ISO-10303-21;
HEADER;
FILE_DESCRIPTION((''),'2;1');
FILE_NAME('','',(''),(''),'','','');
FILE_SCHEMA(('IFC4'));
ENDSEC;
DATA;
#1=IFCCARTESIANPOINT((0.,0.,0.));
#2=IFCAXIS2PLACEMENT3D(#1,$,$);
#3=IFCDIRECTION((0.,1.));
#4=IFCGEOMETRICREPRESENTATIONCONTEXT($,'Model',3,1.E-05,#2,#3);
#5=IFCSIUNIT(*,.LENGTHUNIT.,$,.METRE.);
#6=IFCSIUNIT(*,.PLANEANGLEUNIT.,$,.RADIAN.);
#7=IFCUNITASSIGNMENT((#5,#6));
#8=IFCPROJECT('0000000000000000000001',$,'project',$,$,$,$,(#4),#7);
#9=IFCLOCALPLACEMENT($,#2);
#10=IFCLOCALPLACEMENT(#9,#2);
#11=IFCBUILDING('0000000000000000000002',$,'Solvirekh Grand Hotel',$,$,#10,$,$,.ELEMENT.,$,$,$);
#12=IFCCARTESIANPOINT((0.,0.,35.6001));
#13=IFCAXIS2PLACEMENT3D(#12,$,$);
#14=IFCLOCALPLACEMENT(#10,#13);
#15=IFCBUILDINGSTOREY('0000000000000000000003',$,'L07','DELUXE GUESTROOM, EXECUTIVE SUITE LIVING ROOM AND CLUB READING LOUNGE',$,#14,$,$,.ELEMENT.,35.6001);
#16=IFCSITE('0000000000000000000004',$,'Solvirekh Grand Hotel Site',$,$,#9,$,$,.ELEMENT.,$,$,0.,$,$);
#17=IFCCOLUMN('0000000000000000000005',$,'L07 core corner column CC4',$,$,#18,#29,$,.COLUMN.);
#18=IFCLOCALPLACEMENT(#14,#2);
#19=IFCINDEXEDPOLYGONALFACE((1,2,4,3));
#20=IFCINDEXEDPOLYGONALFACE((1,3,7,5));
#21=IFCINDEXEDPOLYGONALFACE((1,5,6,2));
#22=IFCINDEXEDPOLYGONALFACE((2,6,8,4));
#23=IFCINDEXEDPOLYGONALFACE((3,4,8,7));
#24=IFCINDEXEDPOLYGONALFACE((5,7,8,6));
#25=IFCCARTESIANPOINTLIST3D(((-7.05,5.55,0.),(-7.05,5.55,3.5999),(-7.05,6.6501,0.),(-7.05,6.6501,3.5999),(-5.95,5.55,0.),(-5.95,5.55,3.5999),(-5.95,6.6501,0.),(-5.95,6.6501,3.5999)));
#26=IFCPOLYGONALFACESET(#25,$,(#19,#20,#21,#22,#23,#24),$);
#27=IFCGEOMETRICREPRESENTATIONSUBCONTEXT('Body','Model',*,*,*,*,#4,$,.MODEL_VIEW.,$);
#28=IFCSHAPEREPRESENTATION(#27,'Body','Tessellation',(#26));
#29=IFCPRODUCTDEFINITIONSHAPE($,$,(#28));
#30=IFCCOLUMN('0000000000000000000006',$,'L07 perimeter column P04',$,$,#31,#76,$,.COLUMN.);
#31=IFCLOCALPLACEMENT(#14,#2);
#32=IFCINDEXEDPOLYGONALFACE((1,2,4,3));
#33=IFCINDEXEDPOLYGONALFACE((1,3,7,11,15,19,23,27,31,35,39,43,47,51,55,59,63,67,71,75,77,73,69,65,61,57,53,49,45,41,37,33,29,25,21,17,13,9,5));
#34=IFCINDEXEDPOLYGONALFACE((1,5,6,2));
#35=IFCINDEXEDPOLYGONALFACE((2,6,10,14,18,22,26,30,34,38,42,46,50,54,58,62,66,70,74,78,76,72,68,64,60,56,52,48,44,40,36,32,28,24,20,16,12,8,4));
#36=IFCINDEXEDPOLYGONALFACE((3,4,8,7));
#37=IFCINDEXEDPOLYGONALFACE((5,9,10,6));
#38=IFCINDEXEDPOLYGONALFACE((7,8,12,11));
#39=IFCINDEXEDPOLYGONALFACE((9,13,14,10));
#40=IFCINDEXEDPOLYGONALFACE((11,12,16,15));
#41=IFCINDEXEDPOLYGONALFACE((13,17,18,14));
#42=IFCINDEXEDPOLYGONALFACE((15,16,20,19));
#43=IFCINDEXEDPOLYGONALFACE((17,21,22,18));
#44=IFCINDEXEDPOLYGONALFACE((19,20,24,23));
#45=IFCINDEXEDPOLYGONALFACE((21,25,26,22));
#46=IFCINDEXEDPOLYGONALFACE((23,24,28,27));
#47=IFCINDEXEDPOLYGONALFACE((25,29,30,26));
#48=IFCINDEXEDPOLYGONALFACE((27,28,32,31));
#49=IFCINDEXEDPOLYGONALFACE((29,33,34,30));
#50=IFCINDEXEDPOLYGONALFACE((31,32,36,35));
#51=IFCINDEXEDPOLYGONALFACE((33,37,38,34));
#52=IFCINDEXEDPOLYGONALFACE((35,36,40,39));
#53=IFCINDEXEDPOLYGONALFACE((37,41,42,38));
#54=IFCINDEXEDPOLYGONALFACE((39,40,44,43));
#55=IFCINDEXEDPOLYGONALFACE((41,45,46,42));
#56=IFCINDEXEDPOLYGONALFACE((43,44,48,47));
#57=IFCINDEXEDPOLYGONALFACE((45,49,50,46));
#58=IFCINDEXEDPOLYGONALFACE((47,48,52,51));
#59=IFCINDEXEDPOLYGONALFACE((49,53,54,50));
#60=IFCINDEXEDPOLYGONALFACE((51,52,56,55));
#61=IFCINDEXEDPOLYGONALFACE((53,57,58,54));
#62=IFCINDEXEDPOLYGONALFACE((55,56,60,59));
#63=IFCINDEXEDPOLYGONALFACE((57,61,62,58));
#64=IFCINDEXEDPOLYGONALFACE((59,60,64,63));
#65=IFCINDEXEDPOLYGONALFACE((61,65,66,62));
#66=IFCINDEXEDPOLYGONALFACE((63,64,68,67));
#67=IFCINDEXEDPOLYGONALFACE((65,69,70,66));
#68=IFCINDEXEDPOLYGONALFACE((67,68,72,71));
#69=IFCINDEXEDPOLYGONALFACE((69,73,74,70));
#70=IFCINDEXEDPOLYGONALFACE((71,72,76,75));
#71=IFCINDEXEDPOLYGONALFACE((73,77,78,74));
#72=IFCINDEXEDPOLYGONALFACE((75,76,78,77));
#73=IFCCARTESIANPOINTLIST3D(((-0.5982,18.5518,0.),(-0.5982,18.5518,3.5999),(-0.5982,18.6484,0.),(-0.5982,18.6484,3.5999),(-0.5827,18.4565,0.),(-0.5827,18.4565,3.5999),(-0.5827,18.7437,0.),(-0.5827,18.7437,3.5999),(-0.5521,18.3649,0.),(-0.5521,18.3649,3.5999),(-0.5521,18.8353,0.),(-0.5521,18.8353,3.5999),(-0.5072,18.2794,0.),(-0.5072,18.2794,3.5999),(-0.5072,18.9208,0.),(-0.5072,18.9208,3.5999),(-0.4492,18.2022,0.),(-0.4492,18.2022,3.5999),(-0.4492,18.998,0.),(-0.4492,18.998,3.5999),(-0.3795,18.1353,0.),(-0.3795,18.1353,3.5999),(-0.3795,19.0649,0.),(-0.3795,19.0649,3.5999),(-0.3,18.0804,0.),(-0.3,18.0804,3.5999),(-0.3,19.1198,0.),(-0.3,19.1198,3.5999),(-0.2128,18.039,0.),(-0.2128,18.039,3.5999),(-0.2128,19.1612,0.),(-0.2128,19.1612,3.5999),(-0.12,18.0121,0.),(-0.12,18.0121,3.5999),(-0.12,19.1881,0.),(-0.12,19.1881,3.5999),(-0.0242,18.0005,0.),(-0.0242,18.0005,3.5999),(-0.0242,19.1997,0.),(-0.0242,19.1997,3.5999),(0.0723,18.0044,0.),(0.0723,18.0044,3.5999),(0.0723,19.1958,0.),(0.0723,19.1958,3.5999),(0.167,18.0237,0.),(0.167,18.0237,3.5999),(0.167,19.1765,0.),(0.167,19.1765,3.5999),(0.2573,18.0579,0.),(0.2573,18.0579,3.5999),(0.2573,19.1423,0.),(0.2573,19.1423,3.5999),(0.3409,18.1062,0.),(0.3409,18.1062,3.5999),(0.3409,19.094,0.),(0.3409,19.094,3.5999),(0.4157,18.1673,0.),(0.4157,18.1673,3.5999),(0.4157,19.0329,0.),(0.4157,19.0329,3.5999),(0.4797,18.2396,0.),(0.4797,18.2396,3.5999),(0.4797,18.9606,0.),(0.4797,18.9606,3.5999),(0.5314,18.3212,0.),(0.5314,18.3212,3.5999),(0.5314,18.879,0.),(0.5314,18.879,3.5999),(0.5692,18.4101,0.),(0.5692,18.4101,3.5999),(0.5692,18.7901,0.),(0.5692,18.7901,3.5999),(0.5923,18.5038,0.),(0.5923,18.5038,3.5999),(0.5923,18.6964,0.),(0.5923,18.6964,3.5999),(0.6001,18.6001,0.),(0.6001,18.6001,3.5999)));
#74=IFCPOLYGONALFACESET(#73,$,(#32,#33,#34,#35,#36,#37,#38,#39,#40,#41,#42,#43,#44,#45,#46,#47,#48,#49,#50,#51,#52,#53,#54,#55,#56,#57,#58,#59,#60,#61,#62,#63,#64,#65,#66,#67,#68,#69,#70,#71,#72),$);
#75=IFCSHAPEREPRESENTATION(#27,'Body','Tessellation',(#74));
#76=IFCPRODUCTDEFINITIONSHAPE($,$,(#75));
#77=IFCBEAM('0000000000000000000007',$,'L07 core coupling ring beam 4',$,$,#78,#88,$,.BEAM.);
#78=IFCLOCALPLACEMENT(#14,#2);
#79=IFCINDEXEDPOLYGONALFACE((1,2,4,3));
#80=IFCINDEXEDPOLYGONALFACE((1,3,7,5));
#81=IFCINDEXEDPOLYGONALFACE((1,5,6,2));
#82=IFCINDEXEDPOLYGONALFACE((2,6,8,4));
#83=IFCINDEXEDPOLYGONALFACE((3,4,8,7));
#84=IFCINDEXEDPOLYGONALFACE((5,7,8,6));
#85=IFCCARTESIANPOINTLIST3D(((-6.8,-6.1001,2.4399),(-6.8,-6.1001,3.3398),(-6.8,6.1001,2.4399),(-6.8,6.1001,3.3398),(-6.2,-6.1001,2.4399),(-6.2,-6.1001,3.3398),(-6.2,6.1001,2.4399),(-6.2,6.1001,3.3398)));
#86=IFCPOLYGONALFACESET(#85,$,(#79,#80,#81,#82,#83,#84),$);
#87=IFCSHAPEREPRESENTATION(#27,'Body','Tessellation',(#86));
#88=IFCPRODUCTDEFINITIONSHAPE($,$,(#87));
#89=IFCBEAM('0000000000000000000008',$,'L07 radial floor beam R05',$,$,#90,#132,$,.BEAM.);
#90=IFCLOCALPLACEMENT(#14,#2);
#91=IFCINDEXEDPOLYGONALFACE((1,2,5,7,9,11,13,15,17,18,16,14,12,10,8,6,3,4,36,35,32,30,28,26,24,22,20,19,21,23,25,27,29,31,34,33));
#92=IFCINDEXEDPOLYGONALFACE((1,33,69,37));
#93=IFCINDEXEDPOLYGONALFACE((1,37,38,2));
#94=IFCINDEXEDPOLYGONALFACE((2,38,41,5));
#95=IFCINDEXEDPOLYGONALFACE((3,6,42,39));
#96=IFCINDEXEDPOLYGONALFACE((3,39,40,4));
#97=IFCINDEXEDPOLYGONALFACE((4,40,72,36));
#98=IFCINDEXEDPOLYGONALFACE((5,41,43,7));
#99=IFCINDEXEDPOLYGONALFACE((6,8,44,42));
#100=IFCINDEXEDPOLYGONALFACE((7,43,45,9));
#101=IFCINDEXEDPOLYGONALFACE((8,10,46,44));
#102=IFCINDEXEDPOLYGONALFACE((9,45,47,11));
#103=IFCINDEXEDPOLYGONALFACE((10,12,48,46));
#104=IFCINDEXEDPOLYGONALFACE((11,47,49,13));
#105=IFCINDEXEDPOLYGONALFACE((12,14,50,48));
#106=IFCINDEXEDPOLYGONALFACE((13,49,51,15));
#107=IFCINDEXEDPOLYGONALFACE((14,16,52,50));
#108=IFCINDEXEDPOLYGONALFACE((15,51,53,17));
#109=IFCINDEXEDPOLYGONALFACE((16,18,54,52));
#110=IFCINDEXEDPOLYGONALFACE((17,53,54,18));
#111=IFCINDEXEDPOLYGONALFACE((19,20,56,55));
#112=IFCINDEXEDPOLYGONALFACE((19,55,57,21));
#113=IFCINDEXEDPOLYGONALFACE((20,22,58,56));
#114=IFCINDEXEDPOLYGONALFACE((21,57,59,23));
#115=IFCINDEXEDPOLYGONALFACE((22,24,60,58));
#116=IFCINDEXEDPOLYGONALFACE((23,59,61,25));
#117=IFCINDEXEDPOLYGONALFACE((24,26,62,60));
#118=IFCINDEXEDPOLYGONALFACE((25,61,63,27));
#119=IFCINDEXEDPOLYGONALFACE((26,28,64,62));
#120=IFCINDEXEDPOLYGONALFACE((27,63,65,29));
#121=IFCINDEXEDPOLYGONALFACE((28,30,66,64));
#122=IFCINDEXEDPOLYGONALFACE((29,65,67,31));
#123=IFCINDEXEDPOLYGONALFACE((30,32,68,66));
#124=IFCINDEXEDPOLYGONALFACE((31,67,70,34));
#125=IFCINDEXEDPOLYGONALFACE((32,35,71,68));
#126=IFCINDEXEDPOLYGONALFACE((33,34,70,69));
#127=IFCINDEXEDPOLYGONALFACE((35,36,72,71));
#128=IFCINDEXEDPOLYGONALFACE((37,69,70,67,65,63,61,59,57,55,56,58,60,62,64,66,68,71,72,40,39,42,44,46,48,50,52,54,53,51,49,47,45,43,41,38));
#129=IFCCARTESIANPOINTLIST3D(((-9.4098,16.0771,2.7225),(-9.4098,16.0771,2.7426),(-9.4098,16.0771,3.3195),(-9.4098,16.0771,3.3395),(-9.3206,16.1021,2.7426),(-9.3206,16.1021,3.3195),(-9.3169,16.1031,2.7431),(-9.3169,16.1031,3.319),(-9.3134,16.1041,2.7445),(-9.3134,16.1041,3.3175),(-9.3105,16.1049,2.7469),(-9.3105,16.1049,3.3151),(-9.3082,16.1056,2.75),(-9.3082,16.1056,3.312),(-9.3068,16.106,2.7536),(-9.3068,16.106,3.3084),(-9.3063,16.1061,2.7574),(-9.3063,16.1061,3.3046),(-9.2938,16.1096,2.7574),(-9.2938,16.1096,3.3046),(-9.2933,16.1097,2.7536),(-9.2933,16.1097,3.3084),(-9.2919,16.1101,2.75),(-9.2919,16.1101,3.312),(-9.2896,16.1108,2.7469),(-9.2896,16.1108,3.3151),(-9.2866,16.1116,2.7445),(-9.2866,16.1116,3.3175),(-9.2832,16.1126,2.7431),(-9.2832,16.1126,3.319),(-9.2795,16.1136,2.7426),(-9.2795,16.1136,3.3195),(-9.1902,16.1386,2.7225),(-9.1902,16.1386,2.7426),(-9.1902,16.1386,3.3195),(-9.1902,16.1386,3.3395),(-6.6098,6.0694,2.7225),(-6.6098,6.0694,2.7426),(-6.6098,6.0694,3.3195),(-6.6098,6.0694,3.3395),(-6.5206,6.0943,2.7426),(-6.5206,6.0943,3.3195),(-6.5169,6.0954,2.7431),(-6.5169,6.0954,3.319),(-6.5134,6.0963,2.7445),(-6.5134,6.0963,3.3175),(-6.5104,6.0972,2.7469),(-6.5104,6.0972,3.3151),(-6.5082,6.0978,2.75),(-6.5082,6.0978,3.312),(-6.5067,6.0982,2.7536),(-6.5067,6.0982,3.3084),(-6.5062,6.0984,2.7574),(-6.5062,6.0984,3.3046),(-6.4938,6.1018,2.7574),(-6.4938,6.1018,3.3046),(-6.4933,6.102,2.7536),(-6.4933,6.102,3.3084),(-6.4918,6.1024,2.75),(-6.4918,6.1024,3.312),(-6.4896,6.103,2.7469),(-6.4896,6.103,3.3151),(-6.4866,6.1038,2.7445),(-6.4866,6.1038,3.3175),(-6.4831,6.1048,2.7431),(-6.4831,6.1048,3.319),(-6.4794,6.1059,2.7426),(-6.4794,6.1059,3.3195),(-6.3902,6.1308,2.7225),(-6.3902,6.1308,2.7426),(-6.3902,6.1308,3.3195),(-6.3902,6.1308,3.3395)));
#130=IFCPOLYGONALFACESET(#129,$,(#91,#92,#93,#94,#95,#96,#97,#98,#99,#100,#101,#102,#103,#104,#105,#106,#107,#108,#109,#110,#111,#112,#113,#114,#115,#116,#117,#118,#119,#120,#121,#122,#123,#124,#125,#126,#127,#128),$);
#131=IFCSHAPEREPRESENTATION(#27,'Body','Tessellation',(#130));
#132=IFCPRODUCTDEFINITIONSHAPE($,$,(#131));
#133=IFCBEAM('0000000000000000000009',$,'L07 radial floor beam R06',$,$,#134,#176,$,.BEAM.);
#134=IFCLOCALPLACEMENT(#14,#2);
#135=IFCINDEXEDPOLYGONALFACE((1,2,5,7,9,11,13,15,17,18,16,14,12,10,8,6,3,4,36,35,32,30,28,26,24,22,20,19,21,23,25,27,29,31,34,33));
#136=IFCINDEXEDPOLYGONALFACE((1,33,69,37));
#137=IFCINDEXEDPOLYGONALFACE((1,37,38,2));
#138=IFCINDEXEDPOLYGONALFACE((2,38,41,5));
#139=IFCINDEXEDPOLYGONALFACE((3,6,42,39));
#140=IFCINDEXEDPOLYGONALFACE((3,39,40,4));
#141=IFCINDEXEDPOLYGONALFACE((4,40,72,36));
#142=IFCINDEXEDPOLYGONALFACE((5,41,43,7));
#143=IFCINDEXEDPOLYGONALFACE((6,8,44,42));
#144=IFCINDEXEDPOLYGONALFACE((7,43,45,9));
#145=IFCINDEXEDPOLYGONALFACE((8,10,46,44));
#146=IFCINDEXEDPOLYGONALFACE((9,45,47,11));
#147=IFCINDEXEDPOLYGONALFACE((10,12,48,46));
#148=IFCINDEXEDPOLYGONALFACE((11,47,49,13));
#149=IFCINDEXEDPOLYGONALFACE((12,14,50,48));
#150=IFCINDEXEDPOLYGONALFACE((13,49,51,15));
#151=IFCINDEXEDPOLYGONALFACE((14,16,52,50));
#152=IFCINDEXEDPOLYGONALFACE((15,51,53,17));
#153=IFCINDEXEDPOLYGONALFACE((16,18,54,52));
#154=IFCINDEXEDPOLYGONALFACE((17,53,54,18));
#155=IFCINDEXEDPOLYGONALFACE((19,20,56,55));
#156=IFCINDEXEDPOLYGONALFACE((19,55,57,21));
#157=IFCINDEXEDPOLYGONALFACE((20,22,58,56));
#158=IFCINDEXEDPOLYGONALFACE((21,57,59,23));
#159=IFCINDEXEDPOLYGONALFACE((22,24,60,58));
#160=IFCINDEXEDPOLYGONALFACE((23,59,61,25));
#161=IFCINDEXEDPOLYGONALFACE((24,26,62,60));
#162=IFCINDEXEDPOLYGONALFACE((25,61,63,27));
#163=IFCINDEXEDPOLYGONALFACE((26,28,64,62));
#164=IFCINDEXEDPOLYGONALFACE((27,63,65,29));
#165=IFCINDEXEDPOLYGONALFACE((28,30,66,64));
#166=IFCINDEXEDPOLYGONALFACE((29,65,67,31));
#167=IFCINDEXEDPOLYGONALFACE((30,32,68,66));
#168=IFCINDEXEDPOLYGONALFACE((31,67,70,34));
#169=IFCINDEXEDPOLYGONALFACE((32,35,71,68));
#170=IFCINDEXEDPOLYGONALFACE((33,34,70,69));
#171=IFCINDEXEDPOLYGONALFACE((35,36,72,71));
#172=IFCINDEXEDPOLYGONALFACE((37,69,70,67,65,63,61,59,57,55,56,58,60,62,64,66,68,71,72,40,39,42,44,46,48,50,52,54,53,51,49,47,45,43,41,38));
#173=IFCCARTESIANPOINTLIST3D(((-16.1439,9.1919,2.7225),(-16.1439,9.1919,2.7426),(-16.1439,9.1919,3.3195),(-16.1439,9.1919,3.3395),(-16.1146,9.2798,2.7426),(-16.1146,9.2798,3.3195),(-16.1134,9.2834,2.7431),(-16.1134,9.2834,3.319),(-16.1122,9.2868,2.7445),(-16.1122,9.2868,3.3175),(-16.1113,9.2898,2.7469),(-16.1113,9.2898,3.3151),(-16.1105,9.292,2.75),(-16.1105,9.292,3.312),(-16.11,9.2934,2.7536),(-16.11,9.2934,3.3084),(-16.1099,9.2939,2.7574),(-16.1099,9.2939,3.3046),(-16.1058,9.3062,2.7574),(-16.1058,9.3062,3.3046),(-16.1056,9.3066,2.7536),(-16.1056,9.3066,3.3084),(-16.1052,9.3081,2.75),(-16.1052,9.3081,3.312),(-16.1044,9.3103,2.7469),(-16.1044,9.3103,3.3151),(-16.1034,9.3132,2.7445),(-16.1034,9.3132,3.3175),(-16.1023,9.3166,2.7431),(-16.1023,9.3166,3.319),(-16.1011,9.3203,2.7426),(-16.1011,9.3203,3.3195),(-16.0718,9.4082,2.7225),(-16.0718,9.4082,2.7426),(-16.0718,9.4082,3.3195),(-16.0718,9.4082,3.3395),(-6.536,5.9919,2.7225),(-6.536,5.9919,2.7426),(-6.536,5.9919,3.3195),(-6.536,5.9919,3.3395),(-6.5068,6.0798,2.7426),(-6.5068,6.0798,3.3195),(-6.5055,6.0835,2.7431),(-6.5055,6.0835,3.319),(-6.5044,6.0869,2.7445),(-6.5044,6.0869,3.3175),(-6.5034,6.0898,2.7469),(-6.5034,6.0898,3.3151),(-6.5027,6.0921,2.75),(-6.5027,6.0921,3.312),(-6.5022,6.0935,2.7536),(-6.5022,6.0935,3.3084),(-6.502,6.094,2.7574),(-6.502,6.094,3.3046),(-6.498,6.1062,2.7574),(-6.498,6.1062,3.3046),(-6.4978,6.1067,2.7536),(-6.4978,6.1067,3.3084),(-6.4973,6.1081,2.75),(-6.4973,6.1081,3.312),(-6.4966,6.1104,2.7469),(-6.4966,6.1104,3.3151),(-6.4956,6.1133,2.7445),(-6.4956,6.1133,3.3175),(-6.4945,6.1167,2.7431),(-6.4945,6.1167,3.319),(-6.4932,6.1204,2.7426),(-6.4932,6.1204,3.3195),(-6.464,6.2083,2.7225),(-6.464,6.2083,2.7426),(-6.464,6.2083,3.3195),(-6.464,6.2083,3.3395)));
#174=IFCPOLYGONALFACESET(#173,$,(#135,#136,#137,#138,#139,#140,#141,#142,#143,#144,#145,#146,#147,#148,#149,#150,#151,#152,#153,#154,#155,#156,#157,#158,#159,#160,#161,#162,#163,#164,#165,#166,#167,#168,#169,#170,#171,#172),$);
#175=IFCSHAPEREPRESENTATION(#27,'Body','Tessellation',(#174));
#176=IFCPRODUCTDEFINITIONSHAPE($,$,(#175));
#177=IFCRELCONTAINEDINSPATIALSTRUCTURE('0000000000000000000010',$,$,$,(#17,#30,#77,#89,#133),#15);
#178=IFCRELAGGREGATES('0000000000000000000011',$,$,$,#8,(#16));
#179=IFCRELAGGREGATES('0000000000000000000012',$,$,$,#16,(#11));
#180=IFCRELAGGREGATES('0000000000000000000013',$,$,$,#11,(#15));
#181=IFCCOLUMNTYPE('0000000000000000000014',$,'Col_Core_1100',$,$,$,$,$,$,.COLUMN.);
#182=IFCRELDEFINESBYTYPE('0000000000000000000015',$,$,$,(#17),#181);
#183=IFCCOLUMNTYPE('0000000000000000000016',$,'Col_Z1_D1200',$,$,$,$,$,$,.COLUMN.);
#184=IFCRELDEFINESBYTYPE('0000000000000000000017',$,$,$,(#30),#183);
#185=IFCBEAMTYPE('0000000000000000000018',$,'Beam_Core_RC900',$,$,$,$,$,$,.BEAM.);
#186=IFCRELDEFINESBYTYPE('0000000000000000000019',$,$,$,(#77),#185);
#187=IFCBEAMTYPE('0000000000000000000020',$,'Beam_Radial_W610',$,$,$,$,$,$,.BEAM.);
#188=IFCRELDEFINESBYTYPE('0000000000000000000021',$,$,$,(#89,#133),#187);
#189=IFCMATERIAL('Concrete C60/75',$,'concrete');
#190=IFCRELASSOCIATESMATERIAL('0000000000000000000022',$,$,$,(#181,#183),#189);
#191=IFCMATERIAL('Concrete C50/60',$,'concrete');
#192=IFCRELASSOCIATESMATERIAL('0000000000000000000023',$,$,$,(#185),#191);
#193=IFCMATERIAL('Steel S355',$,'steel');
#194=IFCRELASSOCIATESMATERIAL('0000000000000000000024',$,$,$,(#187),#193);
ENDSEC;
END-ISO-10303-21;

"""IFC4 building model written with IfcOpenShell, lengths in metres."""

from ifc_helpers import new_model, si_unit, direction, frame, origin, origin_2d, place, context, subcontext, project, spatial, rectangle, circle, i_section, extrude, material, material_profile, profile_set, type_object, element, save


model = new_model("IFC4")

# Units and contexts
model_context = context("Model", 3, precision=1e-05, world=origin(), true_north=direction((0.0, 1.0)))
body_context = subcontext(model_context, "Body", "Model", "MODEL_VIEW")
ifc_project = project(units=[si_unit("LENGTHUNIT", "METRE"), si_unit("PLANEANGLEUNIT", "RADIAN")], contexts=[model_context])

# Site, building, storey
site_placement = place(None, origin())
site = spatial("IfcSite", under=ifc_project, at=site_placement, Name="Solvirekh Grand Hotel Site", CompositionType="ELEMENT", RefElevation=0.0)
building_placement = place(site_placement, origin())
building = spatial("IfcBuilding", under=site, at=building_placement, Name="Solvirekh Grand Hotel", CompositionType="ELEMENT")
storey_placement = place(building_placement, frame((0.0, 0.0, 35.6001)))
storey = spatial("IfcBuildingStorey", under=building, at=storey_placement, Name="L07", Description="DELUXE GUESTROOM, EXECUTIVE SUITE LIVING ROOM AND CLUB READING LOUNGE", CompositionType="ELEMENT", Elevation=35.6001)

# Columns
ifc_material_1 = material(Name="Concrete C60/75", Category="concrete")
ifc_material_profile_1 = material_profile(ifc_material_1, rectangle(XDim=1.1001, YDim=1.1001, at=origin_2d()), Name="RC 1100X1100")
ifc_profile_set_1 = profile_set([ifc_material_profile_1], Name="Concrete C60/75")
column_type_1 = type_object("IfcColumnType", Name="Col_Core_1100", PredefinedType="COLUMN", material=ifc_profile_set_1)
column_1_placement = place(storey_placement, frame((-6.5, 6.1001, 0.0), z_axis=(0.0, 0.0, 1.0), x_axis=(1.0, 0.0, 0.0)))
element("IfcColumn", 1, at=column_1_placement, inside=storey, type_object=column_type_1, Name="L07 core corner column CC4", PredefinedType="COLUMN", context=body_context, shape_type="SweptSolid", body=[
    extrude(rectangle(XDim=1.1001, YDim=1.1001, at=origin_2d()), origin(), (0.0, 0.0, 1.0), 3.5999),
])
ifc_material_profile_2 = material_profile(ifc_material_1, circle(Radius=0.6001, at=origin_2d()), Name="RC CIRC D1200")
ifc_profile_set_2 = profile_set([ifc_material_profile_2], Name="Concrete C60/75")
column_type_2 = type_object("IfcColumnType", Name="Col_Z1_D1200", PredefinedType="COLUMN", material=ifc_profile_set_2)
column_2_placement = place(storey_placement, frame((0.0, 18.6001, 0.0), z_axis=(0.0, 0.0, 1.0), x_axis=(1.0, 0.0, 0.0)))
element("IfcColumn", 2, at=column_2_placement, inside=storey, type_object=column_type_2, Name="L07 perimeter column P04", PredefinedType="COLUMN", context=body_context, shape_type="SweptSolid", body=[
    extrude(circle(Radius=0.6001, at=origin_2d()), origin(), (0.0, 0.0, 1.0), 3.5999),
])

# Beams
ifc_material_2 = material(Name="Concrete C50/60", Category="concrete")
ifc_material_profile_3 = material_profile(ifc_material_2, rectangle(XDim=0.6001, YDim=0.8999, at=origin_2d()), Name="RC BEAM 600X900")
ifc_profile_set_3 = profile_set([ifc_material_profile_3], Name="Concrete C50/60")
beam_type_1 = type_object("IfcBeamType", Name="Beam_Core_RC900", PredefinedType="BEAM", material=ifc_profile_set_3)
beam_1_placement = place(storey_placement, frame((-6.5, 6.1001, 2.8899), z_axis=(0.0, -1.0, 0.0), x_axis=(1.0, 0.0, 0.0)))
element("IfcBeam", 3, at=beam_1_placement, inside=storey, type_object=beam_type_1, Name="L07 core coupling ring beam 4", PredefinedType="BEAM", context=body_context, shape_type="SweptSolid", body=[
    extrude(rectangle(XDim=0.6001, YDim=0.8999, at=origin_2d()), origin(), (0.0, 0.0, 1.0), 12.2002),
])
ifc_material_3 = material(Name="Steel S355", Category="steel")
ifc_material_profile_4 = material_profile(ifc_material_3, i_section(OverallWidth=0.228, OverallDepth=0.6169, WebThickness=0.0129, FlangeThickness=0.02, FilletRadius=0.0149, at=origin_2d()), Name="W610X140")
ifc_profile_set_4 = profile_set([ifc_material_profile_4], Name="Steel S355")
beam_type_2 = type_object("IfcBeamType", Name="Beam_Radial_W610", PredefinedType="BEAM", material=ifc_profile_set_4)
beam_2_placement = place(storey_placement, frame((-6.5, 6.1001, 3.031), z_axis=(-0.269439, 0.963017, 0.0), x_axis=(-0.963017, -0.269439, 0.0)))
element("IfcBeam", 4, at=beam_2_placement, inside=storey, type_object=beam_type_2, Name="L07 radial floor beam R05", PredefinedType="BEAM", context=body_context, shape_type="SweptSolid", body=[
    extrude(i_section(OverallWidth=0.228, OverallDepth=0.6169, WebThickness=0.0129, FlangeThickness=0.02, FilletRadius=0.0149, at=origin_2d()), origin(), (0.0, 0.0, 1.0), 10.3921),
])
beam_3_placement = place(storey_placement, frame((-6.5, 6.1001, 3.031), z_axis=(-0.948763, 0.315989, 0.0), x_axis=(-0.315989, -0.948763, 0.0)))
element("IfcBeam", 5, at=beam_3_placement, inside=storey, type_object=beam_type_2, Name="L07 radial floor beam R06", PredefinedType="BEAM", context=body_context, shape_type="SweptSolid", body=[
    extrude(i_section(OverallWidth=0.228, OverallDepth=0.6169, WebThickness=0.0129, FlangeThickness=0.02, FilletRadius=0.0149, at=origin_2d()), origin(), (0.0, 0.0, 1.0), 10.1267),
])

save(model, "model.ifc")
